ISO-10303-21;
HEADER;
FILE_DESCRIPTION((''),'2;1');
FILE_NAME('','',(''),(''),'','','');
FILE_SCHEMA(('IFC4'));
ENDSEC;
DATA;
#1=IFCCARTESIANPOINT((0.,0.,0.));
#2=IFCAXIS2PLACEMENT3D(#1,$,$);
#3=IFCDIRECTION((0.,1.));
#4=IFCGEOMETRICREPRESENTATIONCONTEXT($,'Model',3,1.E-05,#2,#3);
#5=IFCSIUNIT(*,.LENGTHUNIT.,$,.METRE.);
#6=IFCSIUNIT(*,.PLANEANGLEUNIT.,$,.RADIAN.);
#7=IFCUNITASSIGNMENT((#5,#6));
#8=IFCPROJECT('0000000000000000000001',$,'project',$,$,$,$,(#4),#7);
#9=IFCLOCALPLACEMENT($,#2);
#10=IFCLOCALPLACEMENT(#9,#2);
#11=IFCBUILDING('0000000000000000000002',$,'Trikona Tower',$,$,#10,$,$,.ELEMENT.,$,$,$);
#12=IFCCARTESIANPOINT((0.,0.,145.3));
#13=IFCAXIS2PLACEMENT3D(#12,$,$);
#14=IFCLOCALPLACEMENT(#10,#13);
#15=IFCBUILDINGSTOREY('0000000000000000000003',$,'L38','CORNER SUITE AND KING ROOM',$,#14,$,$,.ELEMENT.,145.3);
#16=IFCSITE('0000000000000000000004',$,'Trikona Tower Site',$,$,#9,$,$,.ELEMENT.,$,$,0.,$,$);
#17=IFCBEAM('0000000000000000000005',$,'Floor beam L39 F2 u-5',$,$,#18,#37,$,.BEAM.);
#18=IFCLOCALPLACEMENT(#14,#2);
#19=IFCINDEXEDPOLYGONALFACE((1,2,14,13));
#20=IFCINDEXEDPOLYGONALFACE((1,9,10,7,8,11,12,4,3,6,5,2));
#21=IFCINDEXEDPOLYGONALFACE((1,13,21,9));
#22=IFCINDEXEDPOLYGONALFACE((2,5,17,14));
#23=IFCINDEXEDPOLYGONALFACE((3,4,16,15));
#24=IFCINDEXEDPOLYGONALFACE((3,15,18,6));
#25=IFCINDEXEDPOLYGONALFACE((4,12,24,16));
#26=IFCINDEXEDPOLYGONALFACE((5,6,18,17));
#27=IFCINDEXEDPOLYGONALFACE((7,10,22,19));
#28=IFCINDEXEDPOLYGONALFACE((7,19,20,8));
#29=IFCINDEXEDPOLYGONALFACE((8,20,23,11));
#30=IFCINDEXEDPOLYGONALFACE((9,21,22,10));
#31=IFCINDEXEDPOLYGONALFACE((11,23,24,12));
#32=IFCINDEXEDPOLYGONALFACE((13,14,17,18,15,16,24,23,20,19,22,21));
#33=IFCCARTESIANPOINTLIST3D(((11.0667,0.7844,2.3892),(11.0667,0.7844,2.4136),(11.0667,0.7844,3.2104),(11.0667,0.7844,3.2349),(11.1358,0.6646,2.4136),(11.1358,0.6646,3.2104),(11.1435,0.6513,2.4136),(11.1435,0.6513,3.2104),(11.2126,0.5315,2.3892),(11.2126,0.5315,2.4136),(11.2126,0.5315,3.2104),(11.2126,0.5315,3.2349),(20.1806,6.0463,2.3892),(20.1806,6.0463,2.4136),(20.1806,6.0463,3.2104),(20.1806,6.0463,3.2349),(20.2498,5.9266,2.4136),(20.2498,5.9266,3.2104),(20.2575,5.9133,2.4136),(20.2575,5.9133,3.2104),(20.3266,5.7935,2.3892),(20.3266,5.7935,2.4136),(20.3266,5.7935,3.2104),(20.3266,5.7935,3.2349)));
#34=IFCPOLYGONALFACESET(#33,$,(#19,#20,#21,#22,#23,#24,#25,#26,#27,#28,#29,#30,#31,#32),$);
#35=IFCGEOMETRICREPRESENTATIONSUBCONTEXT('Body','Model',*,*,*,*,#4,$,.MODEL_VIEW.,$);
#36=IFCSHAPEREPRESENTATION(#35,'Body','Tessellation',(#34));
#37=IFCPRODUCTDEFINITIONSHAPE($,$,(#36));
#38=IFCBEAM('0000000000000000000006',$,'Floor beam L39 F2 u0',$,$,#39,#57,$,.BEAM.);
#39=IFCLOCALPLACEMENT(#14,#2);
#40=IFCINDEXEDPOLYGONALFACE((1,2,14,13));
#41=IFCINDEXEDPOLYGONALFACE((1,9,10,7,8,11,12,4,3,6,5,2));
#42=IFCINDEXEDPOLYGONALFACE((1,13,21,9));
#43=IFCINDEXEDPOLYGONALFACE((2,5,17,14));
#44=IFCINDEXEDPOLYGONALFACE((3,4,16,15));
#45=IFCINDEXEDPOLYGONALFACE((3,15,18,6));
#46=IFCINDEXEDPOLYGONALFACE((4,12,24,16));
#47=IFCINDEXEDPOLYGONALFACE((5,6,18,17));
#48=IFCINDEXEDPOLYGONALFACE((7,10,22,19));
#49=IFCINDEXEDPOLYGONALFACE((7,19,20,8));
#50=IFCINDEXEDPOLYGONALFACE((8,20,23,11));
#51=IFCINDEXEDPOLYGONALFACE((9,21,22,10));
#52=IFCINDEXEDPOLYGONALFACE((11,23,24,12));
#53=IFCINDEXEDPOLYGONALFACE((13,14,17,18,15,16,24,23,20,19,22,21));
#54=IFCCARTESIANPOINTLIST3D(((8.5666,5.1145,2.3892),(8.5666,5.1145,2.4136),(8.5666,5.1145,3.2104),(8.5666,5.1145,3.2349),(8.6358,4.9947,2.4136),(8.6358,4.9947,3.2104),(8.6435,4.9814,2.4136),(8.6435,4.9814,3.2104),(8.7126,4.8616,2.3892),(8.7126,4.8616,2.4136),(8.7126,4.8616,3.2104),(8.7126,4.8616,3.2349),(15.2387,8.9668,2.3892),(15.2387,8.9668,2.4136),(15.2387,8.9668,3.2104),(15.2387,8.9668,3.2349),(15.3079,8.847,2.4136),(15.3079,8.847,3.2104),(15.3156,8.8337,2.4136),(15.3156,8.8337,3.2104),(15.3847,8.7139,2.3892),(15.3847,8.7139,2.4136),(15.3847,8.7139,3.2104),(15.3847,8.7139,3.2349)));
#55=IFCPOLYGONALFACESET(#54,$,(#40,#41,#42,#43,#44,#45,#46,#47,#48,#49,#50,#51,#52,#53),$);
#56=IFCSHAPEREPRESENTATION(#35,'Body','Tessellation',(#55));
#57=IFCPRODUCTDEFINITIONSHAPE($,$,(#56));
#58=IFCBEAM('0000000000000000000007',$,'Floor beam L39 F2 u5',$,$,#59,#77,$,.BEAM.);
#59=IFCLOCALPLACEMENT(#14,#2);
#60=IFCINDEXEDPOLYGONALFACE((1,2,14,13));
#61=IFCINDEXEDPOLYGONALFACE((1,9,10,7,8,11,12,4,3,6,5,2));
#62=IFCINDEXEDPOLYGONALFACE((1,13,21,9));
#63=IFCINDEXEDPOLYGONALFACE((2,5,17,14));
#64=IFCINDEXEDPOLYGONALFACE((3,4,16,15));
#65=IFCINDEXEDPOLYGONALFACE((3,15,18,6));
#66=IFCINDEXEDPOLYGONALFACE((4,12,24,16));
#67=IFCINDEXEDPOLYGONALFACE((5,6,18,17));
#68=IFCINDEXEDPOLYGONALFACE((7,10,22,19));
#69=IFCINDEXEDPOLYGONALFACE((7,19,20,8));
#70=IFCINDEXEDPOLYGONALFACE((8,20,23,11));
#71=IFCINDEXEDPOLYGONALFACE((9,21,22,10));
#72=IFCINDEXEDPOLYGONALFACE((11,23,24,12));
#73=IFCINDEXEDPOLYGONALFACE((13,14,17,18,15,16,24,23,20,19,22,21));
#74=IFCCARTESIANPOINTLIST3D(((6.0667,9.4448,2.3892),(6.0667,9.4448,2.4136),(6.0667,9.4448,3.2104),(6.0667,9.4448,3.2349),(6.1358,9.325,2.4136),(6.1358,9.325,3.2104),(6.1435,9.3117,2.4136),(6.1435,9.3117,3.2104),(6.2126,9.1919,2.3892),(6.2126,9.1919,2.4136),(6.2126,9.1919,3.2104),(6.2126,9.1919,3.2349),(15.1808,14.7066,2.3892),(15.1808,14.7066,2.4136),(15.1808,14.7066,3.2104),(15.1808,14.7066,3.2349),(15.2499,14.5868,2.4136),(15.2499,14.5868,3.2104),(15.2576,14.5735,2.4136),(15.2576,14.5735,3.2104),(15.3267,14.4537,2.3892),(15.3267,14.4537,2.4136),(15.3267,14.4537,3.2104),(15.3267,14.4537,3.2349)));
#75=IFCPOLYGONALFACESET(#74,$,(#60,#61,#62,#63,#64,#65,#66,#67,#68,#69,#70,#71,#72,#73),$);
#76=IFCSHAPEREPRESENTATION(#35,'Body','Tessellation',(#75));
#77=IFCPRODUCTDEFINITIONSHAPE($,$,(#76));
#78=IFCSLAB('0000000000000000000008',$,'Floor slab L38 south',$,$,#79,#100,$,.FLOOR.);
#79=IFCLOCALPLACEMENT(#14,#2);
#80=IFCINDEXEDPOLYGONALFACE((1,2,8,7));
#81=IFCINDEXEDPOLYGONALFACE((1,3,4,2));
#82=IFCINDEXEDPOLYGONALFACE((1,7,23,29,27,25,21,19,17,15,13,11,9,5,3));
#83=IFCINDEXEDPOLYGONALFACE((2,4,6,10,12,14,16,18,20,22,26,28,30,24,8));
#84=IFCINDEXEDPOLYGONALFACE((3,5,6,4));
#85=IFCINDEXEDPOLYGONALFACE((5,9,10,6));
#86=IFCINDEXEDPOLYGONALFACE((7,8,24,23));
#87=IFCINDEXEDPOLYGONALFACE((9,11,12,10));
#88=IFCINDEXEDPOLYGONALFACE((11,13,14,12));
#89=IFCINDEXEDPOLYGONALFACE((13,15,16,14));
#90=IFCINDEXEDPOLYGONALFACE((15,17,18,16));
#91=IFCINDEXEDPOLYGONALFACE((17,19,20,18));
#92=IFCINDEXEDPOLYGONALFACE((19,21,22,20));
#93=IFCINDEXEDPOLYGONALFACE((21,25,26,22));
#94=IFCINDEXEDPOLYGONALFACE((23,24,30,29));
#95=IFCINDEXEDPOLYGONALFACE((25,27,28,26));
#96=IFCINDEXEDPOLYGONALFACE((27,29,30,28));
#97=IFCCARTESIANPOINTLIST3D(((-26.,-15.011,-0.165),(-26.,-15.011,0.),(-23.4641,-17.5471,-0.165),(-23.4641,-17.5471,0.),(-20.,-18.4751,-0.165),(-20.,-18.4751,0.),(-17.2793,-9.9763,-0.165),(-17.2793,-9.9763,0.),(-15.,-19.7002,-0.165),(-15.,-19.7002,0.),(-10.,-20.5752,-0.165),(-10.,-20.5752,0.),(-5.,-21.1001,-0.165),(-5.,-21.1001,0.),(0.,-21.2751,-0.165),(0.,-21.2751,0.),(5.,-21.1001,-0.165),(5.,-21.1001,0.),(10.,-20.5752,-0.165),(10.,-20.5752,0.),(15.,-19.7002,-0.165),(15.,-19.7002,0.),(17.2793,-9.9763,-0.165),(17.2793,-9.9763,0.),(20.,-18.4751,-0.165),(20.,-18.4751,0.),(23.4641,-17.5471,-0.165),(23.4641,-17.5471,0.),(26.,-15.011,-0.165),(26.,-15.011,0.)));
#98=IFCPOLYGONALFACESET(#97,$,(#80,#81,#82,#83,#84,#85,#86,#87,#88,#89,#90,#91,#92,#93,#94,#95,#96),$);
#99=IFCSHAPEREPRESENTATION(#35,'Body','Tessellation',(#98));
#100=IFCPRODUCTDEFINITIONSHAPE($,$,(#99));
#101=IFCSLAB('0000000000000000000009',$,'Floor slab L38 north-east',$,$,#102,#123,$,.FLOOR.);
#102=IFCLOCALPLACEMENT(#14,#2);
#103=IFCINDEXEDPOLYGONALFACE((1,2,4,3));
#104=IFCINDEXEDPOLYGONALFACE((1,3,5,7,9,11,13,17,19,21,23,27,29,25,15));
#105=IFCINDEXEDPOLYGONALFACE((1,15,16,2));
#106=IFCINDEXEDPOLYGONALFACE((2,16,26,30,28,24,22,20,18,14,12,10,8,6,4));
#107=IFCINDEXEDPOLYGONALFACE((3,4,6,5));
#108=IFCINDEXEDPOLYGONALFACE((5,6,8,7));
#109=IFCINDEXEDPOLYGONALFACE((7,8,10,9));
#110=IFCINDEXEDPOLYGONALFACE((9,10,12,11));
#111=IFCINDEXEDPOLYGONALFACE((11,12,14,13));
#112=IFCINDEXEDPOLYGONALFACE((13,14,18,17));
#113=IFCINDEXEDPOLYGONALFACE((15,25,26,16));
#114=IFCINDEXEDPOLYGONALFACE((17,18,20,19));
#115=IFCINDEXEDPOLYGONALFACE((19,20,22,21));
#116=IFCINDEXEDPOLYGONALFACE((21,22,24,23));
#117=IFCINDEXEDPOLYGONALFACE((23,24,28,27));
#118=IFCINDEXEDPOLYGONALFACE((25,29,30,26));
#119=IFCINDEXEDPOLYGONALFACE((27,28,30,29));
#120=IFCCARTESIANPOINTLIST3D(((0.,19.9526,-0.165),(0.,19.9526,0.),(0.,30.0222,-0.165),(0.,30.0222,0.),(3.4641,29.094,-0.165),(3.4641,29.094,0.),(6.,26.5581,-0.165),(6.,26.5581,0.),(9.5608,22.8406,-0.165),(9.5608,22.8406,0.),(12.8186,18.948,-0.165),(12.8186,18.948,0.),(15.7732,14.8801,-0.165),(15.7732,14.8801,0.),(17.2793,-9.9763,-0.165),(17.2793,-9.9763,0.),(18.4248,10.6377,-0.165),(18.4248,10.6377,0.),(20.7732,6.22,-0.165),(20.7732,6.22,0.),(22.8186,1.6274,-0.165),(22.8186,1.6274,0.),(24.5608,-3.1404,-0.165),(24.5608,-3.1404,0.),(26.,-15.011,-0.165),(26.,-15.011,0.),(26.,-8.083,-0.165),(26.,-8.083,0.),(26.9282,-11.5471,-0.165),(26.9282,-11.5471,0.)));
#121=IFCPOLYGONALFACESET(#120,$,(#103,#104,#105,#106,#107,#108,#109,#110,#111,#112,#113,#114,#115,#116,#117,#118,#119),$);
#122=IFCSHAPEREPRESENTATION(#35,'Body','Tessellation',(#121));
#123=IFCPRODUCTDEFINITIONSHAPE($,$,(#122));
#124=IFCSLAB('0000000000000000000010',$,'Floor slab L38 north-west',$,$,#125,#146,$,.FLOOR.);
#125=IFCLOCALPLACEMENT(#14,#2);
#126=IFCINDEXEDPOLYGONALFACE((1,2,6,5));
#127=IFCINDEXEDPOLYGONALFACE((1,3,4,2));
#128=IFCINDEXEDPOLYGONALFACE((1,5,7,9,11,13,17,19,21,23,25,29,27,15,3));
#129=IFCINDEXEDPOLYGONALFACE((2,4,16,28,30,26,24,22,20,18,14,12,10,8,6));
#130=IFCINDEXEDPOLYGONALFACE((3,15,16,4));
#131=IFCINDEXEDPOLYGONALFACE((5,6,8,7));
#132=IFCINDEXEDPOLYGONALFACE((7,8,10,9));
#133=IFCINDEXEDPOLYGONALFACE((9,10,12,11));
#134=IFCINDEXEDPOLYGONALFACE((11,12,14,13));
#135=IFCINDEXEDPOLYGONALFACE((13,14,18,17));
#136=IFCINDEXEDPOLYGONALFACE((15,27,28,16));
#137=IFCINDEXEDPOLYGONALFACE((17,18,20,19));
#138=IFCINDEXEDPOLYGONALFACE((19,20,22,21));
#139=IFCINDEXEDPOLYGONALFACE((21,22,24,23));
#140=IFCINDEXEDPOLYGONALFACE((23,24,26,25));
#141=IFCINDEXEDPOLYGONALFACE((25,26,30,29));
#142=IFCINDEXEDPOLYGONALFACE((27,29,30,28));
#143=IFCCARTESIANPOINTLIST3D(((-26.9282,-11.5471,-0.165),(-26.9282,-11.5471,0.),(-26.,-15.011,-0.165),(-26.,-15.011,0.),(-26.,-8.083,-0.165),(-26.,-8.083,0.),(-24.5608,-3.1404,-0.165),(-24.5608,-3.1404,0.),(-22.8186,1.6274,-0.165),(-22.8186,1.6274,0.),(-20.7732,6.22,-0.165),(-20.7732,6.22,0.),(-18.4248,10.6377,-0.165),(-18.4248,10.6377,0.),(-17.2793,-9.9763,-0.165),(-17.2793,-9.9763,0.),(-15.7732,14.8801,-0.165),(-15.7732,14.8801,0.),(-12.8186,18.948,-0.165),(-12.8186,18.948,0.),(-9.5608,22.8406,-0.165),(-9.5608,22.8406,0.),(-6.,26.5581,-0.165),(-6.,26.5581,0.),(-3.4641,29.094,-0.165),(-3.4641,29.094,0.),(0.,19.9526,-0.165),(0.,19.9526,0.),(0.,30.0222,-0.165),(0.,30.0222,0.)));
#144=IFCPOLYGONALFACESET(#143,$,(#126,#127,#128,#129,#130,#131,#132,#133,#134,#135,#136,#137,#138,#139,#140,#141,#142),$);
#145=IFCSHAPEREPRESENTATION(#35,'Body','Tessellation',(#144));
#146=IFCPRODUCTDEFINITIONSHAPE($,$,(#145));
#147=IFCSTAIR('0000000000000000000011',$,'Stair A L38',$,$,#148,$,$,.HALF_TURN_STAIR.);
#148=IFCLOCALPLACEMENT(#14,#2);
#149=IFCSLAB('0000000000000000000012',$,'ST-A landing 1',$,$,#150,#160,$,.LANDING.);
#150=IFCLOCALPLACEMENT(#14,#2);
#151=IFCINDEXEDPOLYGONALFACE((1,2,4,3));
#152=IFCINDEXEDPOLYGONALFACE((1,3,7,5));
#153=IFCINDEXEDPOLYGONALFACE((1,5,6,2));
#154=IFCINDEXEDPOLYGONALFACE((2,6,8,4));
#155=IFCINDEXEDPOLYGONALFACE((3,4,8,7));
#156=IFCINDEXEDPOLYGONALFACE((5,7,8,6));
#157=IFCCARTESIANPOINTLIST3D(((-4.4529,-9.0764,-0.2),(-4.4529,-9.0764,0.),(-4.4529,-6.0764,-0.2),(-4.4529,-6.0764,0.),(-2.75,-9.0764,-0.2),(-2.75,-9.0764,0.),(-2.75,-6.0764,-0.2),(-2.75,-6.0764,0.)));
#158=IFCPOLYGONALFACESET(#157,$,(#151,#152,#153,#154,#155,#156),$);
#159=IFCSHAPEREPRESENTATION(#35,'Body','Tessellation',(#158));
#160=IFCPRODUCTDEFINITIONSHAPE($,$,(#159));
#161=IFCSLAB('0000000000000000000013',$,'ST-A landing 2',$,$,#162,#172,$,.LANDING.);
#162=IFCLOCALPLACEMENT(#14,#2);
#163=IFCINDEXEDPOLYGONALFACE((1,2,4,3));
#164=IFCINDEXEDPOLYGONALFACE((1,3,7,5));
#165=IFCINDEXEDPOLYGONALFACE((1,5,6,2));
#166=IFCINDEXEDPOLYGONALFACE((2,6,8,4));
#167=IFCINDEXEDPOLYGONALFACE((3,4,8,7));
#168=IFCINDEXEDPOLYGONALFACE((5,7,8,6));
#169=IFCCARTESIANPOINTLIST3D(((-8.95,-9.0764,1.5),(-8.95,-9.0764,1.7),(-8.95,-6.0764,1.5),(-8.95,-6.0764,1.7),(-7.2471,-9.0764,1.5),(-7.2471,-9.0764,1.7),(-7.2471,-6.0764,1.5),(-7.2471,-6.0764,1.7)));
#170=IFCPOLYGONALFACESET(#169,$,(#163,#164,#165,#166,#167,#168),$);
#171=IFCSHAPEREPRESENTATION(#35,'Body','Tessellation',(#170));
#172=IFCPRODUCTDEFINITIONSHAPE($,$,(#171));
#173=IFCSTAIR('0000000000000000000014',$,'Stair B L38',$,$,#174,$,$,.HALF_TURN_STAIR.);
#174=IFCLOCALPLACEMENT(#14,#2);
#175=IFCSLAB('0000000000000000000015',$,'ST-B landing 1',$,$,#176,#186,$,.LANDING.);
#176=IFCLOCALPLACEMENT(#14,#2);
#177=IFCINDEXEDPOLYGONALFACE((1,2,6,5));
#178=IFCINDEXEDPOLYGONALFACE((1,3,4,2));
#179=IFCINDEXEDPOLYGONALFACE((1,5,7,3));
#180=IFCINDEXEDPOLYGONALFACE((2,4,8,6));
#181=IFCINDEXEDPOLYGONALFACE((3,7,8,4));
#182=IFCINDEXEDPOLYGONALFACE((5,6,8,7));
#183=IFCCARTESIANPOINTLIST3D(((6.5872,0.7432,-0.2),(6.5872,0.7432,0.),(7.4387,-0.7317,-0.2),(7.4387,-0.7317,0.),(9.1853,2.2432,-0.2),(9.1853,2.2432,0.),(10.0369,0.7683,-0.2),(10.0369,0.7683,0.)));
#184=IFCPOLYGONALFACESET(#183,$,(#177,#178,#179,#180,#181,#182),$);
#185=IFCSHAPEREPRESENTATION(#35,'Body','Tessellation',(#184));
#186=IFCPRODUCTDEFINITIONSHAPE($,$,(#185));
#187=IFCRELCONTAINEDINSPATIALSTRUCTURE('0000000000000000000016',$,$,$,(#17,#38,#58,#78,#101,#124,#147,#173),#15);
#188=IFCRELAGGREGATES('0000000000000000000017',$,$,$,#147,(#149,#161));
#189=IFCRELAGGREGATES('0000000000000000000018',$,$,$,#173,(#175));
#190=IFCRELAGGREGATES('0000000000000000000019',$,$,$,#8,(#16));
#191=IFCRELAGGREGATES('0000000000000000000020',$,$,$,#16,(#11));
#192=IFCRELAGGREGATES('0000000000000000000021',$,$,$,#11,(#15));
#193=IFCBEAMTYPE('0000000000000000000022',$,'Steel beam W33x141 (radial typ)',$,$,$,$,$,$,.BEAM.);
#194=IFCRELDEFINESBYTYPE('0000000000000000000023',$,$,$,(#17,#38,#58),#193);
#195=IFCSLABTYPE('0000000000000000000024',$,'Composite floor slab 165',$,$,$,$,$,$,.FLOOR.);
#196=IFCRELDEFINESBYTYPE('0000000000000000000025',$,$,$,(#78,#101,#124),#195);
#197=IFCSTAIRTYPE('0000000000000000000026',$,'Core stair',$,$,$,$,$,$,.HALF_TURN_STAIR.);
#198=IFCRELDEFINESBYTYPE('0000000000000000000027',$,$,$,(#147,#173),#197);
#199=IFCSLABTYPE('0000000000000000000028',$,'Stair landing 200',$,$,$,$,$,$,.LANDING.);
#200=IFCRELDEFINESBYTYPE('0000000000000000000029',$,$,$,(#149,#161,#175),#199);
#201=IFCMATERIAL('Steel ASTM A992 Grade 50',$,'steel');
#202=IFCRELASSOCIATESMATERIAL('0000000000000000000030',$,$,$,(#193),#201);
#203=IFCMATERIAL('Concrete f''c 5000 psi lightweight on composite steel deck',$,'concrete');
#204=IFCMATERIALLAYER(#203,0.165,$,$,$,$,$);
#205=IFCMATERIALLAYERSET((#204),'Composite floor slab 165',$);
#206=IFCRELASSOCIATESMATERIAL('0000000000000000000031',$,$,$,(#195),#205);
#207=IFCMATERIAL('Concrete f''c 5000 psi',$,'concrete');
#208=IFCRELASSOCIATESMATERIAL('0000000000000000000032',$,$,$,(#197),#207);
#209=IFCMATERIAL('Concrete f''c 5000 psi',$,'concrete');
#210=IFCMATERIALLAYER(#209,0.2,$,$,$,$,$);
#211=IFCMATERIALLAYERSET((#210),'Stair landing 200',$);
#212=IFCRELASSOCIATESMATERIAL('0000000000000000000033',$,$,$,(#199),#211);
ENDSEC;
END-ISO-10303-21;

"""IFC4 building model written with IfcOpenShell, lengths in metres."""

from ifc_helpers import new_model, si_unit, direction, frame, origin, origin_2d, place, context, subcontext, project, spatial, polyline, i_section, outline, extrude, material, layer, layer_set, material_profile, profile_set, type_object, element, aggregate, save


model = new_model("IFC4")

# Units and contexts
model_context = context("Model", 3, precision=1e-05, world=origin(), true_north=direction((0.0, 1.0)))
body_context = subcontext(model_context, "Body", "Model", "MODEL_VIEW")
ifc_project = project(units=[si_unit("LENGTHUNIT", "METRE"), si_unit("PLANEANGLEUNIT", "RADIAN")], contexts=[model_context])

# Site, building, storey
site_placement = place(None, origin())
site = spatial("IfcSite", under=ifc_project, at=site_placement, Name="Trikona Tower Site", CompositionType="ELEMENT", RefElevation=0.0)
building_placement = place(site_placement, origin())
building = spatial("IfcBuilding", under=site, at=building_placement, Name="Trikona Tower", CompositionType="ELEMENT")
storey_placement = place(building_placement, frame((0.0, 0.0, 145.3)))
storey = spatial("IfcBuildingStorey", under=building, at=storey_placement, Name="L38", Description="CORNER SUITE AND KING ROOM", CompositionType="ELEMENT", Elevation=145.3)

# Beams
ifc_material_1 = material(Name="Steel ASTM A992 Grade 50", Category="steel")
ifc_material_profile = material_profile(ifc_material_1, i_section(OverallWidth=0.292, OverallDepth=0.8457, WebThickness=0.0154, FlangeThickness=0.0244, at=origin_2d()), Name="W33X141")
ifc_profile_set = profile_set([ifc_material_profile], Name="Steel ASTM A992 Grade 50")
beam_type = type_object("IfcBeamType", Name="Steel beam W33x141 (radial typ)", PredefinedType="BEAM", material=ifc_profile_set)
beam_1_placement = place(storey_placement, frame((11.1396, 0.658, 2.812), z_axis=(0.866026, 0.499999, 0.0), x_axis=(-0.499999, 0.866026, 0.0)))
element("IfcBeam", 1, at=beam_1_placement, inside=storey, type_object=beam_type, Name="Floor beam L39 F2 u-5", PredefinedType="BEAM", context=body_context, shape_type="SweptSolid", body=[
    extrude(i_section(OverallWidth=0.292, OverallDepth=0.8457, WebThickness=0.0154, FlangeThickness=0.0244, at=origin_2d()), origin(), (0.0, 0.0, 1.0), 10.5239),
])
beam_2_placement = place(storey_placement, frame((8.6396, 4.988, 2.812), z_axis=(0.866017, 0.500014, 0.0), x_axis=(-0.500014, 0.866017, 0.0)))
element("IfcBeam", 2, at=beam_2_placement, inside=storey, type_object=beam_type, Name="Floor beam L39 F2 u0", PredefinedType="BEAM", context=body_context, shape_type="SweptSolid", body=[
    extrude(i_section(OverallWidth=0.292, OverallDepth=0.8457, WebThickness=0.0154, FlangeThickness=0.0244, at=origin_2d()), origin(), (0.0, 0.0, 1.0), 7.7043),
])
beam_3_placement = place(storey_placement, frame((6.1396, 9.3184, 2.812), z_axis=(0.866036, 0.499982, 0.0), x_axis=(-0.499982, 0.866036, 0.0)))
element("IfcBeam", 3, at=beam_3_placement, inside=storey, type_object=beam_type, Name="Floor beam L39 F2 u5", PredefinedType="BEAM", context=body_context, shape_type="SweptSolid", body=[
    extrude(i_section(OverallWidth=0.292, OverallDepth=0.8457, WebThickness=0.0154, FlangeThickness=0.0244, at=origin_2d()), origin(), (0.0, 0.0, 1.0), 10.5239),
])

# Slabs
ifc_material_2 = material(Name="Concrete f'c 5000 psi lightweight on composite steel deck", Category="concrete")
ifc_layer_1 = layer(ifc_material_2, 0.165)
ifc_layer_set_1 = layer_set([ifc_layer_1], Name="Composite floor slab 165")
slab_type_1 = type_object("IfcSlabType", Name="Composite floor slab 165", PredefinedType="FLOOR", material=ifc_layer_set_1)
slab_1_placement = place(storey_placement, frame((0.0, 0.0, -0.165)))
element("IfcSlab", 4, at=slab_1_placement, inside=storey, type_object=slab_type_1, Name="Floor slab L38 south", PredefinedType="FLOOR", context=body_context, shape_type="SweptSolid", body=[
    extrude(outline(polyline([(23.4641, -17.5471), (26.0, -15.011), (17.2793, -9.9763), (-17.2793, -9.9763), (-26.0, -15.011), (-23.4641, -17.5471), (-20.0, -18.4751), (-15.0, -19.7002), (-10.0, -20.5752), (-5.0, -21.1001), (0.0, -21.2751), (5.0, -21.1001), (10.0, -20.5752), (15.0, -19.7002), (20.0, -18.4751), (23.4641, -17.5471)])), origin(), (0.0, 0.0, 1.0), 0.165),
])
slab_2_placement = place(storey_placement, frame((0.0, 0.0, -0.165)))
element("IfcSlab", 5, at=slab_2_placement, inside=storey, type_object=slab_type_1, Name="Floor slab L38 north-east", PredefinedType="FLOOR", context=body_context, shape_type="SweptSolid", body=[
    extrude(outline(polyline([(3.4641, 29.094), (0.0, 30.0222), (0.0, 19.9526), (17.2793, -9.9763), (26.0, -15.011), (26.9282, -11.5471), (26.0, -8.083), (24.5608, -3.1404), (22.8186, 1.6274), (20.7732, 6.22), (18.4248, 10.6377), (15.7732, 14.8801), (12.8186, 18.948), (9.5608, 22.8406), (6.0, 26.5581), (3.4641, 29.094)])), origin(), (0.0, 0.0, 1.0), 0.165),
])
slab_3_placement = place(storey_placement, frame((0.0, 0.0, -0.165)))
element("IfcSlab", 6, at=slab_3_placement, inside=storey, type_object=slab_type_1, Name="Floor slab L38 north-west", PredefinedType="FLOOR", context=body_context, shape_type="SweptSolid", body=[
    extrude(outline(polyline([(0.0, 19.9526), (0.0, 30.0222), (-3.4641, 29.094), (-6.0, 26.5581), (-9.5608, 22.8406), (-12.8186, 18.948), (-15.7732, 14.8801), (-18.4248, 10.6377), (-20.7732, 6.22), (-22.8186, 1.6274), (-24.5608, -3.1404), (-26.0, -8.083), (-26.9282, -11.5471), (-26.0, -15.011), (-17.2793, -9.9763), (0.0, 19.9526)])), origin(), (0.0, 0.0, 1.0), 0.165),
])

# Stairs, slabs
ifc_material_3 = material(Name="Concrete f'c 5000 psi", Category="concrete")
stair_type = type_object("IfcStairType", Name="Core stair", PredefinedType="HALF_TURN_STAIR", material=ifc_material_3)
stair_1_placement = place(storey_placement, origin())
stair_1 = element("IfcStair", 7, at=stair_1_placement, inside=storey, type_object=stair_type, Name="Stair A L38", PredefinedType="HALF_TURN_STAIR")
ifc_material_4 = material(Name="Concrete f'c 5000 psi", Category="concrete")
ifc_layer_2 = layer(ifc_material_4, 0.2)
ifc_layer_set_2 = layer_set([ifc_layer_2], Name="Stair landing 200")
slab_type_2 = type_object("IfcSlabType", Name="Stair landing 200", PredefinedType="LANDING", material=ifc_layer_set_2)
slab_4_placement = place(storey_placement, frame((0.0, 0.0, -0.2)))
slab_4 = element("IfcSlab", 8, at=slab_4_placement, type_object=slab_type_2, Name="ST-A landing 1", PredefinedType="LANDING", context=body_context, shape_type="SweptSolid", body=[
    extrude(outline(polyline([(-4.4529, -6.0764), (-2.75, -6.0764), (-2.75, -9.0764), (-4.4529, -9.0764), (-4.4529, -6.0764)])), origin(), (0.0, 0.0, 1.0), 0.2),
])
slab_5_placement = place(storey_placement, frame((0.0, 0.0, 1.5)))
slab_5 = element("IfcSlab", 9, at=slab_5_placement, type_object=slab_type_2, Name="ST-A landing 2", PredefinedType="LANDING", context=body_context, shape_type="SweptSolid", body=[
    extrude(outline(polyline([(-8.95, -6.0764), (-7.2471, -6.0764), (-7.2471, -9.0764), (-8.95, -9.0764), (-8.95, -6.0764)])), origin(), (0.0, 0.0, 1.0), 0.2),
])
aggregate(stair_1, [slab_4, slab_5])
stair_2_placement = place(storey_placement, origin())
stair_2 = element("IfcStair", 10, at=stair_2_placement, inside=storey, type_object=stair_type, Name="Stair B L38", PredefinedType="HALF_TURN_STAIR")
slab_6_placement = place(storey_placement, frame((0.0, 0.0, -0.2)))
slab_6 = element("IfcSlab", 11, at=slab_6_placement, type_object=slab_type_2, Name="ST-B landing 1", PredefinedType="LANDING", context=body_context, shape_type="SweptSolid", body=[
    extrude(outline(polyline([(7.4387, -0.7317), (6.5872, 0.7432), (9.1853, 2.2432), (10.0369, 0.7683), (7.4387, -0.7317)])), origin(), (0.0, 0.0, 1.0), 0.2),
])

aggregate(stair_2, [slab_6])

save(model, "model.ifc")
